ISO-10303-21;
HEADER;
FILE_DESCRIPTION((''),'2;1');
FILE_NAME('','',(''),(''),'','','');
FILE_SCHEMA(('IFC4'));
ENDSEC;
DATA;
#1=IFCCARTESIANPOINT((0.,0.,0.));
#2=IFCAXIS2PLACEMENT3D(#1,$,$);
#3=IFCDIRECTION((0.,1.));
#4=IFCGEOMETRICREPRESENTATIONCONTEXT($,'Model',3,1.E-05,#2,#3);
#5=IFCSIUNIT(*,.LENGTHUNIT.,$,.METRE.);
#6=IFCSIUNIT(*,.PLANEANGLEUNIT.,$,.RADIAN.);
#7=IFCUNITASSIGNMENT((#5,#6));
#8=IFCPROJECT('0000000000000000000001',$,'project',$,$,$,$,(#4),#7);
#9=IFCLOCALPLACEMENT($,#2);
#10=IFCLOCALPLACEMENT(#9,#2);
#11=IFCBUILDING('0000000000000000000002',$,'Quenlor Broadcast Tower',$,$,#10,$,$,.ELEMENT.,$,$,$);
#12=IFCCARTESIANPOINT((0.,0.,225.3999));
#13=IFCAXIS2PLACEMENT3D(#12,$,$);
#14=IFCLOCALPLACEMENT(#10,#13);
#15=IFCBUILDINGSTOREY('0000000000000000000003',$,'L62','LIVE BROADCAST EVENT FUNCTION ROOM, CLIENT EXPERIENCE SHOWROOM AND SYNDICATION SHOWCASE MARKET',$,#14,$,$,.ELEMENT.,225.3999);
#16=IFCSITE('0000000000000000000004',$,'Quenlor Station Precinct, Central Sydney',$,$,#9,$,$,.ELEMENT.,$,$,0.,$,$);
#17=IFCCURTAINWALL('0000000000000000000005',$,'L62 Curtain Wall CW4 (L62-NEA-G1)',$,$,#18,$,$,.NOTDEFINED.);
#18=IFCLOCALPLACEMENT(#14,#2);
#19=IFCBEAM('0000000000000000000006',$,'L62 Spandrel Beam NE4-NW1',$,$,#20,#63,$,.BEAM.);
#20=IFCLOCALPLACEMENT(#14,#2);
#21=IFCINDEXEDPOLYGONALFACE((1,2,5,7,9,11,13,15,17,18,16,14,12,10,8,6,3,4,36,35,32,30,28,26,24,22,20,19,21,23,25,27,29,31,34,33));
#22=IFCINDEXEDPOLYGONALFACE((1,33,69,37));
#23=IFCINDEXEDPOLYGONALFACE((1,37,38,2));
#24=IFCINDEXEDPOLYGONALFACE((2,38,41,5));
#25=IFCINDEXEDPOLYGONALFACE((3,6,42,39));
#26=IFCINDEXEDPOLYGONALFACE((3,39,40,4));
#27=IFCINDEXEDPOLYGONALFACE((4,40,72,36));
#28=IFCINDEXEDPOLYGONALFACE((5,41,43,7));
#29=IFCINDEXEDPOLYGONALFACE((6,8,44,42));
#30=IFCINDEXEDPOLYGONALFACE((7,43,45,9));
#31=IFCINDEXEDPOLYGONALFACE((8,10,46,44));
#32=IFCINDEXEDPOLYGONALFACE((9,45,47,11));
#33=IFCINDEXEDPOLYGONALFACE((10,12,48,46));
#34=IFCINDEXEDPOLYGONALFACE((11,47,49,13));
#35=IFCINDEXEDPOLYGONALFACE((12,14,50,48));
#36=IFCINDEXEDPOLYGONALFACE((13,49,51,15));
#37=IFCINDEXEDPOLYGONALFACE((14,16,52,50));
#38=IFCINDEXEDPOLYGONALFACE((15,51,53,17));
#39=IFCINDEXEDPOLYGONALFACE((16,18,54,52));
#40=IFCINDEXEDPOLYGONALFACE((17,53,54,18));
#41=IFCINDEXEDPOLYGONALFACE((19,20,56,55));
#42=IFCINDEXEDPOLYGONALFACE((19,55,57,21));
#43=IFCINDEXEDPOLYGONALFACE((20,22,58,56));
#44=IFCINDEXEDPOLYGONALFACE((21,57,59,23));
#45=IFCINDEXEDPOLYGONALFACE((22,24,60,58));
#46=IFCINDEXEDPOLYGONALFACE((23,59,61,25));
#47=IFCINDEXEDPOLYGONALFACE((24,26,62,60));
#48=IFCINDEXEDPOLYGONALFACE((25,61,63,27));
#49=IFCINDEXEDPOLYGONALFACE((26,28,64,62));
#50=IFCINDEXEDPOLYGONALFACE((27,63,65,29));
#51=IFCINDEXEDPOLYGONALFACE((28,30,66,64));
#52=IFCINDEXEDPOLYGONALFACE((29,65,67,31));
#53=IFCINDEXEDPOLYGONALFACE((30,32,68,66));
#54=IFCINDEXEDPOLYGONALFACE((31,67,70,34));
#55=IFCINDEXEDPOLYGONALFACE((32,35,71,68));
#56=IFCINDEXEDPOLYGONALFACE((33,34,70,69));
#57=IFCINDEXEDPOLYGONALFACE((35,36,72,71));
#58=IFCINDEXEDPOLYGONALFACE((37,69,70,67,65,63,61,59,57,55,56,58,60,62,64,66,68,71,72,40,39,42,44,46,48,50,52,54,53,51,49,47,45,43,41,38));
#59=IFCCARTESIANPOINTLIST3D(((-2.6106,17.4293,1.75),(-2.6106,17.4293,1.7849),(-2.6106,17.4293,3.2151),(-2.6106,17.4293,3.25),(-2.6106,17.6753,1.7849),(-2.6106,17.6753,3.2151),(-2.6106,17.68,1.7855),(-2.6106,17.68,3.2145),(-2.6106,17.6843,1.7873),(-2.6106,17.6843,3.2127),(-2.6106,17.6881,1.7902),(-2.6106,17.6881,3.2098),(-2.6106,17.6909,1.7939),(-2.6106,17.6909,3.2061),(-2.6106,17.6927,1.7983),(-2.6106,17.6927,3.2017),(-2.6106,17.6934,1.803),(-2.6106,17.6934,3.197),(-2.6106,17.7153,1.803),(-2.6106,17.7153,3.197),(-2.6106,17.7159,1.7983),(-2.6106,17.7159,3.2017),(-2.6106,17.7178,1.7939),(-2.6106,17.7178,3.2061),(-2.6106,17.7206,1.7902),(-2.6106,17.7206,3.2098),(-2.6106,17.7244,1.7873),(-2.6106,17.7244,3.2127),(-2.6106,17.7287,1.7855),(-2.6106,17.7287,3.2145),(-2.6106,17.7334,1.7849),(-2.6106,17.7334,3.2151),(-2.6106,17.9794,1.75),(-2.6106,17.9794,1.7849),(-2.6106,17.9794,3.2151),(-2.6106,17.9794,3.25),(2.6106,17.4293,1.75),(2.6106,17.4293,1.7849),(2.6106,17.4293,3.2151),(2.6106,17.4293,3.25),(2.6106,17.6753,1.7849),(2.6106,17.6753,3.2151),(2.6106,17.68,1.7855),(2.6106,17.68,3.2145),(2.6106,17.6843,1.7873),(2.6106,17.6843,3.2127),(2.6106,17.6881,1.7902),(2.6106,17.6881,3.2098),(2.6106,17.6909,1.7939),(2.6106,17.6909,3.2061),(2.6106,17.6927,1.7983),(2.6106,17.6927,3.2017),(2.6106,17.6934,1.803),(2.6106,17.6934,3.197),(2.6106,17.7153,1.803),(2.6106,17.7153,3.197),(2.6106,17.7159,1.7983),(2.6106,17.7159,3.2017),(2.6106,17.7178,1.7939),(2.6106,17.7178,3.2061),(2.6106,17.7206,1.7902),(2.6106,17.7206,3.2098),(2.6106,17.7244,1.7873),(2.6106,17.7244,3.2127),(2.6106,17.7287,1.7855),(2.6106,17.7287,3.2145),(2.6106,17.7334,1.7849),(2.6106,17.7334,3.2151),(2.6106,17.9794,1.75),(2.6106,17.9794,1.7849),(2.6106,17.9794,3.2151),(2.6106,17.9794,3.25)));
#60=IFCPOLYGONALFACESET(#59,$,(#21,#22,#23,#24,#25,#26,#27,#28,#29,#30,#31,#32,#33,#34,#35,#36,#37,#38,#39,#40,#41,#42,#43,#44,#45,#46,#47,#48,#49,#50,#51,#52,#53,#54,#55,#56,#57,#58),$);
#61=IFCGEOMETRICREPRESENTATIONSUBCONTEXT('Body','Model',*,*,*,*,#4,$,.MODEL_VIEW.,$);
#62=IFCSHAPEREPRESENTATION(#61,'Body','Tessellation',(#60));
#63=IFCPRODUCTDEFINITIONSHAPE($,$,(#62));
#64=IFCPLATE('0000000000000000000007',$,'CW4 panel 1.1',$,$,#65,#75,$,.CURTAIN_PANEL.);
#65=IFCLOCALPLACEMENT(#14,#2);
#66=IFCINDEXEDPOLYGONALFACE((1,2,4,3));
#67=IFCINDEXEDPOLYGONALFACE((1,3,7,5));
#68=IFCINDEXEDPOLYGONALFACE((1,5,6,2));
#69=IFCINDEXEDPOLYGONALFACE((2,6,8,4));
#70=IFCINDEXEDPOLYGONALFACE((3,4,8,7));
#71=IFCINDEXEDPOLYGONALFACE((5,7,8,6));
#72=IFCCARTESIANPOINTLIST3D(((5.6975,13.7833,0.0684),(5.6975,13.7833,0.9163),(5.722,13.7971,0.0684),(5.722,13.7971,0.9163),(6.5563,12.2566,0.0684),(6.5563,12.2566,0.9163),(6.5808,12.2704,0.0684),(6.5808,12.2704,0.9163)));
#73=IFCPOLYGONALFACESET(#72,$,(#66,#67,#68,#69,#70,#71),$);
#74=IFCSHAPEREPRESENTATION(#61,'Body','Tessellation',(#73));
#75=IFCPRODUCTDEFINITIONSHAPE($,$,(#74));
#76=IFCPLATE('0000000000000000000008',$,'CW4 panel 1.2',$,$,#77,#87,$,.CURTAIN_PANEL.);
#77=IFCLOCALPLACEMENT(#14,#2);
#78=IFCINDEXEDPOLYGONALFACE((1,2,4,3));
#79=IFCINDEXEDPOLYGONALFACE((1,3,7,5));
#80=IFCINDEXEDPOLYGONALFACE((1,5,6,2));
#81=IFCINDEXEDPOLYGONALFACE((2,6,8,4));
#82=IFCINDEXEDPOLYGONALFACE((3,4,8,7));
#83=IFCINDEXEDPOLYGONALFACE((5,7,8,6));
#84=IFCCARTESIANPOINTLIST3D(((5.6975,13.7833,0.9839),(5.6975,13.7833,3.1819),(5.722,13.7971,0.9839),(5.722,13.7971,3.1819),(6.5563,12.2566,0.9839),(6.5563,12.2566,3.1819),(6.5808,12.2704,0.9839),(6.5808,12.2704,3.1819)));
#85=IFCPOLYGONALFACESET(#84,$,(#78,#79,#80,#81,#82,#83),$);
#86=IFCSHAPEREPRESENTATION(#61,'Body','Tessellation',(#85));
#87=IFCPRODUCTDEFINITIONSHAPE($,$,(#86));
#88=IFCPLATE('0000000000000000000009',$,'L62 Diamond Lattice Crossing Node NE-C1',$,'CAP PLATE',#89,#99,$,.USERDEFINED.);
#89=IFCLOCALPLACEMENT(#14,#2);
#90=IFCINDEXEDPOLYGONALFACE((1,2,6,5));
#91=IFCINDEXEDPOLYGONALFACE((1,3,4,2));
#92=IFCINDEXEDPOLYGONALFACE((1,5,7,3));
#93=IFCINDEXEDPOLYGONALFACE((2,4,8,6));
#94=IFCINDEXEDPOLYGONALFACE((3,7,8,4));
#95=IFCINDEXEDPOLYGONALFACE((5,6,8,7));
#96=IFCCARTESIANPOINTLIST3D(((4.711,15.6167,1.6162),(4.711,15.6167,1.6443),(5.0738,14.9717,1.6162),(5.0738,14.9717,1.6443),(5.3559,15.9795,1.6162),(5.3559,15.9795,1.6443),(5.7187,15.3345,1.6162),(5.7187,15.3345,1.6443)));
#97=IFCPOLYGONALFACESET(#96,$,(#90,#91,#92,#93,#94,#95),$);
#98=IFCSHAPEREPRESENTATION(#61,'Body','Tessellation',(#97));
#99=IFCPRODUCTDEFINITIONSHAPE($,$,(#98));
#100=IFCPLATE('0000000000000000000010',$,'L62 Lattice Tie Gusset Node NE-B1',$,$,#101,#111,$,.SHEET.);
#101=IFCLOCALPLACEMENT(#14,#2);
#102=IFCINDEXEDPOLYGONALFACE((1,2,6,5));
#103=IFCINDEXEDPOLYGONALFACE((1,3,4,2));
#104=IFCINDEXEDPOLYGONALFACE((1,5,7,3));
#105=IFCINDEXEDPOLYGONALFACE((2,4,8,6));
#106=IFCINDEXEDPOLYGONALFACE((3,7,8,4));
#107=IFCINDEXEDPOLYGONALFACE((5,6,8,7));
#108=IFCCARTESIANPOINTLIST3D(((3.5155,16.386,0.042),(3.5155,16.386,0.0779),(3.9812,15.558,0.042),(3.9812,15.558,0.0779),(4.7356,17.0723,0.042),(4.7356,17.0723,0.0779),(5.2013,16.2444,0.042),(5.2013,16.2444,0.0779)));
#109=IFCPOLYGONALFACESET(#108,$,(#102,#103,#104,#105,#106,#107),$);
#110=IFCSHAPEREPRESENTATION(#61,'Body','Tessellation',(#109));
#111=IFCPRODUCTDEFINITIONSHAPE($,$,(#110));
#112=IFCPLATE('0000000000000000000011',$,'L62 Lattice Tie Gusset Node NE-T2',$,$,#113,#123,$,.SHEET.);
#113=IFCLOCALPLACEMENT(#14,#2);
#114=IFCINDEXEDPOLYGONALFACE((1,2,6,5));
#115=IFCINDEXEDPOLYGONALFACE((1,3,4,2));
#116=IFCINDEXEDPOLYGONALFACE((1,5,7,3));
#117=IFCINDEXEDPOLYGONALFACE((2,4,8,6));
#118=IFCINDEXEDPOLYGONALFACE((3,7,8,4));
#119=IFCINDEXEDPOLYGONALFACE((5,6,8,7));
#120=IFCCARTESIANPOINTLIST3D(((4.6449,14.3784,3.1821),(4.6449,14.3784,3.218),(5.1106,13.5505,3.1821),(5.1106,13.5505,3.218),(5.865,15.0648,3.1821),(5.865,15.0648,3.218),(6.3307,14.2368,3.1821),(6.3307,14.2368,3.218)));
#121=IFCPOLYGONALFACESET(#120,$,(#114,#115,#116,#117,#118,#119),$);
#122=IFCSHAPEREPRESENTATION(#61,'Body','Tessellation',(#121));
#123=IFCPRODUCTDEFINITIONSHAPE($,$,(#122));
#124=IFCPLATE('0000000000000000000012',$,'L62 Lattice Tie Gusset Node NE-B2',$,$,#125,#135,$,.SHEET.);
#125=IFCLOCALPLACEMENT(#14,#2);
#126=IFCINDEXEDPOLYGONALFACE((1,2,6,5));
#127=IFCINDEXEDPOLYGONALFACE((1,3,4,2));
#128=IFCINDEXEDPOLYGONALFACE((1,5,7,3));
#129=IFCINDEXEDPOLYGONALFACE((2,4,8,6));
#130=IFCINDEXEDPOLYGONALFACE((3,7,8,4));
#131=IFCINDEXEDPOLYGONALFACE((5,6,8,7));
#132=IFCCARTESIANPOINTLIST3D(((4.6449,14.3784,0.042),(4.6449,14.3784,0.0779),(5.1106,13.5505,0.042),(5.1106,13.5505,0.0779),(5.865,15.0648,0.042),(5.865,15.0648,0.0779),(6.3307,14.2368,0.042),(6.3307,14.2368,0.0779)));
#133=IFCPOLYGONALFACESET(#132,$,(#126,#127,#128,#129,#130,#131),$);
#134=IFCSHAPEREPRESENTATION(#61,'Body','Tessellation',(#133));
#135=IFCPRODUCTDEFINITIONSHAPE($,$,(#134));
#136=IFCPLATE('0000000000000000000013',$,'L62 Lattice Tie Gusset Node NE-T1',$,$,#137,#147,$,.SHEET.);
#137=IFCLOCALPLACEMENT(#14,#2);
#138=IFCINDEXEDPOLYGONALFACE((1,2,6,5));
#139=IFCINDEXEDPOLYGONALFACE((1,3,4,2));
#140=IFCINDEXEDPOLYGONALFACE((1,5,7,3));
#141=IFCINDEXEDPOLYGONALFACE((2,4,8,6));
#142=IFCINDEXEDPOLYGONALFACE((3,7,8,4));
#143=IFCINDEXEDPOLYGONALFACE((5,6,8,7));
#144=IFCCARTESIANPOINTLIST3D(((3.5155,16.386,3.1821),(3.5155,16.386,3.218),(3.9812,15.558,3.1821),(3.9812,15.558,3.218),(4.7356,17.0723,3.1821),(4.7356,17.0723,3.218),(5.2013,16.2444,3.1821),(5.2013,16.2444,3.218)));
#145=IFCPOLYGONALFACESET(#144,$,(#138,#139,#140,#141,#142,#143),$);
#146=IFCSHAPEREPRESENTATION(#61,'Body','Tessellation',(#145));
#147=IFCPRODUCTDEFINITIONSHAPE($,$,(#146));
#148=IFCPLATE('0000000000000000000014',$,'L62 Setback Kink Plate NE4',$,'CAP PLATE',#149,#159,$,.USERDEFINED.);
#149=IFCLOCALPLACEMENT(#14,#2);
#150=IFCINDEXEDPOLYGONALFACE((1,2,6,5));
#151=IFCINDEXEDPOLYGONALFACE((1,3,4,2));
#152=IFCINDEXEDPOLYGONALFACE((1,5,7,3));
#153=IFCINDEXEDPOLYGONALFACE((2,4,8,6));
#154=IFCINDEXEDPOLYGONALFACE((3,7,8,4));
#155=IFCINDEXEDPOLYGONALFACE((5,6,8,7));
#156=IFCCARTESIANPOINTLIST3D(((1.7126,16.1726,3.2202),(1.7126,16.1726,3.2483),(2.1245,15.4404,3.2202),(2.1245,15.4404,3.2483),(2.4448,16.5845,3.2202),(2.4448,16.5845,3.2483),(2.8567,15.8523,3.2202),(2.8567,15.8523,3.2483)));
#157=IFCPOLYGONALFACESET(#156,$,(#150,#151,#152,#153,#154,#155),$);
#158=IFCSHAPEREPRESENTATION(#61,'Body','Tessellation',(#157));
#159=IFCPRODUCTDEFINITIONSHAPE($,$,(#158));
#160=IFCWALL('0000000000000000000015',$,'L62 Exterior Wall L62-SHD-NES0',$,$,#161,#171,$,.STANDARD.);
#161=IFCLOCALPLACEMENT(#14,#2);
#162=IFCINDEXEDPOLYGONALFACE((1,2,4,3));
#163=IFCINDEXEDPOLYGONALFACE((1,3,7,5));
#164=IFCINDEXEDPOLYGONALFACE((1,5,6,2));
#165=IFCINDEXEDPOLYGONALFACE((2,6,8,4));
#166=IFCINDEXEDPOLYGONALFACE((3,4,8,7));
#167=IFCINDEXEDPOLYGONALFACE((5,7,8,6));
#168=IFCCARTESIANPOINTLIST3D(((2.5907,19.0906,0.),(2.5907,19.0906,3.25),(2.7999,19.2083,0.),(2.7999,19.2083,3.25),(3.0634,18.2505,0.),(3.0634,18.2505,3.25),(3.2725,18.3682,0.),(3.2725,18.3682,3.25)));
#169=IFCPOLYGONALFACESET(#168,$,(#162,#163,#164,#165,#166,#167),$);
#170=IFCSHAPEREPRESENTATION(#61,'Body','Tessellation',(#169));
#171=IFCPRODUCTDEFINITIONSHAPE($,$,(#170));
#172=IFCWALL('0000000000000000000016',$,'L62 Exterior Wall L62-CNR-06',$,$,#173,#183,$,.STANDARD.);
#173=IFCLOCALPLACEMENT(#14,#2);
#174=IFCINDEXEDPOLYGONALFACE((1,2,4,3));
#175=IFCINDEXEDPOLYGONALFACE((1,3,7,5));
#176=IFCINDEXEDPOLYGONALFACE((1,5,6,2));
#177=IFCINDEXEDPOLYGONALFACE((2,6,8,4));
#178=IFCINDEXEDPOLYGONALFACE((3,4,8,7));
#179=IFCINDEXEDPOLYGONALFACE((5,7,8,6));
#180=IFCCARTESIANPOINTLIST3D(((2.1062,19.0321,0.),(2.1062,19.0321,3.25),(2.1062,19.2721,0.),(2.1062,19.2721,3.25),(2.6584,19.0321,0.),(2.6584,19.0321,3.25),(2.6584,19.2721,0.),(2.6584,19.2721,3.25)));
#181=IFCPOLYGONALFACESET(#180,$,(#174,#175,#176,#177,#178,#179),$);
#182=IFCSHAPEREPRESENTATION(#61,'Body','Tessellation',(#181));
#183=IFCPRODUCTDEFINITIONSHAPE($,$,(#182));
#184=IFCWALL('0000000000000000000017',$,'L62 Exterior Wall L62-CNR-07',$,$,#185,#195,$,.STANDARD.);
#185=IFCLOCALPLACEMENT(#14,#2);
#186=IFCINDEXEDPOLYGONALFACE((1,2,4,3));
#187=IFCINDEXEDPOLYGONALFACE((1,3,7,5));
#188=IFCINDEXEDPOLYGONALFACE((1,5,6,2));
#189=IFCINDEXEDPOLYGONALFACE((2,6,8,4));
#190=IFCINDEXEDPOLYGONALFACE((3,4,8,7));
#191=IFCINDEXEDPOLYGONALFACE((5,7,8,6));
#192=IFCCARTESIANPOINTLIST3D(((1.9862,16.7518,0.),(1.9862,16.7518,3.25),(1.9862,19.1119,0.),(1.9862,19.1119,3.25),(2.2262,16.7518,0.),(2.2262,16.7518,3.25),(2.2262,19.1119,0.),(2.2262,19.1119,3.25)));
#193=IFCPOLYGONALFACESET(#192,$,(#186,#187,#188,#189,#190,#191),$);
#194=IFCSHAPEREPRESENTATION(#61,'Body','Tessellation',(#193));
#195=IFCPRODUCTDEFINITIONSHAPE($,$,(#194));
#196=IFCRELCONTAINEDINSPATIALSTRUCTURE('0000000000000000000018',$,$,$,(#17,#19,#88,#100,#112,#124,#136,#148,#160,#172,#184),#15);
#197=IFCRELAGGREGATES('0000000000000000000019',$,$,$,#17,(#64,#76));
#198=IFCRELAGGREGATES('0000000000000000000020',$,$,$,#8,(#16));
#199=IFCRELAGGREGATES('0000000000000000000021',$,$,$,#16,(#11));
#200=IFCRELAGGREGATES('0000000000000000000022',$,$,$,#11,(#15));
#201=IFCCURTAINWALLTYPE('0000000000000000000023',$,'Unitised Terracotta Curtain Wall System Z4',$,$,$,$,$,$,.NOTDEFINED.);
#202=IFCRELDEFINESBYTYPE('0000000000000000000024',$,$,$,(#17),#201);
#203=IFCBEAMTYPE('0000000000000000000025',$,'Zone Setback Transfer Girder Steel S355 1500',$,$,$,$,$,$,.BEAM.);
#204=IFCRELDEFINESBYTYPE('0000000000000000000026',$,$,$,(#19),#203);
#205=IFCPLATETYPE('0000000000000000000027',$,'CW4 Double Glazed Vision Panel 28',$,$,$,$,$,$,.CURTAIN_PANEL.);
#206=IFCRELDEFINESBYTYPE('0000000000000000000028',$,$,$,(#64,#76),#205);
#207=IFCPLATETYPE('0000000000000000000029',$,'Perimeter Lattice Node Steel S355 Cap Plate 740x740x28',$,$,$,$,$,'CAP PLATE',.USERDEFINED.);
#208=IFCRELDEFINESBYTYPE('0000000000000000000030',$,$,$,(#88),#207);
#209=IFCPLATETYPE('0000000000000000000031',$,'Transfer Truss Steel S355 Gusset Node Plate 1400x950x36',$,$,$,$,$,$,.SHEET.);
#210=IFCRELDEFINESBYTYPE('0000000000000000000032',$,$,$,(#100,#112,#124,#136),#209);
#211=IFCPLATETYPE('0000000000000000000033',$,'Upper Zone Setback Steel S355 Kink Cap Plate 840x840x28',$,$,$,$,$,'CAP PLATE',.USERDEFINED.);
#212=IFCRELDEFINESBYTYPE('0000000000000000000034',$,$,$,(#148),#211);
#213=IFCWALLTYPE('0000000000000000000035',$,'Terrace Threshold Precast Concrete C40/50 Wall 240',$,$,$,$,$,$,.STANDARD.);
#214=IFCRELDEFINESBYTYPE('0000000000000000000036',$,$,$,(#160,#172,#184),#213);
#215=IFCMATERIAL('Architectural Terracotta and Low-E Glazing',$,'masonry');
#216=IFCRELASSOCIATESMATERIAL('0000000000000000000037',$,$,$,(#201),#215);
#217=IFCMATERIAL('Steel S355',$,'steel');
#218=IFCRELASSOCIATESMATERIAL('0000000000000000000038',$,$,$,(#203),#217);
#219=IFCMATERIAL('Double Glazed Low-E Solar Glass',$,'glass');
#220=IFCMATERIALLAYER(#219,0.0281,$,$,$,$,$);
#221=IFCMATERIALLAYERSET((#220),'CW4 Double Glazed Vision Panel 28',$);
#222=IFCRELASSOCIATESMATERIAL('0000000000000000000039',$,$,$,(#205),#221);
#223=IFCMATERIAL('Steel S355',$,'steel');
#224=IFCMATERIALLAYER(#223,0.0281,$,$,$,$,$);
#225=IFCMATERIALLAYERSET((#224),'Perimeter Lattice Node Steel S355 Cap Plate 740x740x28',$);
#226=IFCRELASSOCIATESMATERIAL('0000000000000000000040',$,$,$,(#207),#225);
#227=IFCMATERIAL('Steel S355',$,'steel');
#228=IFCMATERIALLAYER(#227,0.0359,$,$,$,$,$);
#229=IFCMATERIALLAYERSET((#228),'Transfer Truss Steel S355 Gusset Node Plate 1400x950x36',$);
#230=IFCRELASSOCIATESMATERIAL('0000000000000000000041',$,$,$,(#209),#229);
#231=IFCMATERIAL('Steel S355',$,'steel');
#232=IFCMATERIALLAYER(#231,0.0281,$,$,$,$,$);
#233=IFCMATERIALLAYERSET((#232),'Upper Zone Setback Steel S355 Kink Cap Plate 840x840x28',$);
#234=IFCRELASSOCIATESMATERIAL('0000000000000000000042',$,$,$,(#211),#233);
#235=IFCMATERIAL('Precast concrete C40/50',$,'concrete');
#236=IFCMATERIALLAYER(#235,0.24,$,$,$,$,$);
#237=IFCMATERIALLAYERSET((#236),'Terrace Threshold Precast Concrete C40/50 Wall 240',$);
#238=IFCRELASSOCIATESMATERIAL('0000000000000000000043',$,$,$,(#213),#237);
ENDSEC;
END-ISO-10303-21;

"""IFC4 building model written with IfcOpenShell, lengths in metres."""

from ifc_helpers import new_model, si_unit, direction, frame, frame_2d, origin, origin_2d, place, context, subcontext, project, spatial, rectangle, i_section, extrude, material, layer, layer_set, material_profile, profile_set, type_object, element, aggregate, save


model = new_model("IFC4")

# Units and contexts
model_context = context("Model", 3, precision=1e-05, world=origin(), true_north=direction((0.0, 1.0)))
body_context = subcontext(model_context, "Body", "Model", "MODEL_VIEW")
ifc_project = project(units=[si_unit("LENGTHUNIT", "METRE"), si_unit("PLANEANGLEUNIT", "RADIAN")], contexts=[model_context])

# Site, building, storey
site_placement = place(None, origin())
site = spatial("IfcSite", under=ifc_project, at=site_placement, Name="Quenlor Station Precinct, Central Sydney", CompositionType="ELEMENT", RefElevation=0.0)
building_placement = place(site_placement, origin())
building = spatial("IfcBuilding", under=site, at=building_placement, Name="Quenlor Broadcast Tower", CompositionType="ELEMENT")
storey_placement = place(building_placement, frame((0.0, 0.0, 225.3999)))
storey = spatial("IfcBuildingStorey", under=building, at=storey_placement, Name="L62", Description="LIVE BROADCAST EVENT FUNCTION ROOM, CLIENT EXPERIENCE SHOWROOM AND SYNDICATION SHOWCASE MARKET", CompositionType="ELEMENT", Elevation=225.3999)

# Curtain wall
ifc_material_1 = material(Name="Architectural Terracotta and Low-E Glazing", Category="masonry")
curtain_wall_type = type_object("IfcCurtainWallType", Name="Unitised Terracotta Curtain Wall System Z4", PredefinedType="NOTDEFINED", material=ifc_material_1)
curtain_wall_placement = place(storey_placement, origin())
curtain_wall = element("IfcCurtainWall", 1, at=curtain_wall_placement, inside=storey, type_object=curtain_wall_type, Name="L62 Curtain Wall CW4 (L62-NEA-G1)", PredefinedType="NOTDEFINED")

# Beam
ifc_material_2 = material(Name="Steel S355", Category="steel")
ifc_material_profile_1 = material_profile(ifc_material_2, i_section(OverallWidth=0.55, OverallDepth=1.5, WebThickness=0.022, FlangeThickness=0.0349, FilletRadius=0.0181, at=origin_2d()))
ifc_profile_set_1 = profile_set([ifc_material_profile_1], Name="Steel S355 1500TG510")
beam_type_1 = type_object("IfcBeamType", Name="Zone Setback Transfer Girder Steel S355 1500", PredefinedType="BEAM", material=ifc_profile_set_1)
beam_1_placement = place(storey_placement, frame((2.6106, 17.7043, 2.5), z_axis=(-1.0, 0.0, 0.0), x_axis=(0.0, -1.0, 0.0)))
element("IfcBeam", 2, at=beam_1_placement, inside=storey, type_object=beam_type_1, Name="L62 Spandrel Beam NE4-NW1", PredefinedType="BEAM", context=body_context, shape_type="SweptSolid", body=[
    extrude(i_section(OverallWidth=0.55, OverallDepth=1.5, WebThickness=0.022, FlangeThickness=0.0349, FilletRadius=0.0181, at=origin_2d()), origin(), (0.0, 0.0, 1.0), 5.2212),
])

# Plates
ifc_material_3 = material(Name="Double Glazed Low-E Solar Glass", Category="glass")
ifc_layer_1 = layer(ifc_material_3, 0.0281)
ifc_layer_set_1 = layer_set([ifc_layer_1], Name="CW4 Double Glazed Vision Panel 28")
plate_type_1 = type_object("IfcPlateType", Name="CW4 Double Glazed Vision Panel 28", PredefinedType="CURTAIN_PANEL", material=ifc_layer_set_1)
plate_1_placement = place(storey_placement, frame((6.1392, 13.0269, 0.0684), z_axis=(0.0, 0.0, 1.0), x_axis=(0.49026, -0.871576, 0.0)))
plate_1 = element("IfcPlate", 3, at=plate_1_placement, type_object=plate_type_1, Name="CW4 panel 1.1", PredefinedType="CURTAIN_PANEL", context=body_context, shape_type="SweptSolid", body=[
    extrude(rectangle(XDim=1.7517, YDim=0.0281, at=origin_2d()), origin(), (0.0, 0.0, 1.0), 0.8479),
])
plate_2_placement = place(storey_placement, frame((6.1392, 13.0269, 0.9839), z_axis=(0.0, 0.0, 1.0), x_axis=(0.49026, -0.871576, 0.0)))
plate_2 = element("IfcPlate", 4, at=plate_2_placement, type_object=plate_type_1, Name="CW4 panel 1.2", PredefinedType="CURTAIN_PANEL", context=body_context, shape_type="SweptSolid", body=[
    extrude(rectangle(XDim=1.7517, YDim=0.0281, at=origin_2d()), origin(), (0.0, 0.0, 1.0), 2.198),
])
aggregate(curtain_wall, [plate_1, plate_2])

# Plates
ifc_material_4 = material(Name="Steel S355", Category="steel")
ifc_layer_2 = layer(ifc_material_4, 0.0281)
ifc_layer_set_2 = layer_set([ifc_layer_2], Name="Perimeter Lattice Node Steel S355 Cap Plate 740x740x28")
plate_type_2 = type_object("IfcPlateType", Name="Perimeter Lattice Node Steel S355 Cap Plate 740x740x28", ElementType="CAP PLATE", PredefinedType="USERDEFINED", material=ifc_layer_set_2)
plate_3_placement = place(storey_placement, frame((5.2148, 15.4756, 1.6162), z_axis=(0.0, 0.0, 1.0), x_axis=(0.490295, -0.871556, 0.0)))
element("IfcPlate", 5, at=plate_3_placement, inside=storey, type_object=plate_type_2, Name="L62 Diamond Lattice Crossing Node NE-C1", ObjectType="CAP PLATE", PredefinedType="USERDEFINED", context=body_context, shape_type="SweptSolid", body=[
    extrude(rectangle(XDim=0.74, YDim=0.74, at=origin_2d()), origin(), (0.0, 0.0, 1.0), 0.0281),
])
ifc_material_5 = material(Name="Steel S355", Category="steel")
ifc_layer_3 = layer(ifc_material_5, 0.0359)
ifc_layer_set_3 = layer_set([ifc_layer_3], Name="Transfer Truss Steel S355 Gusset Node Plate 1400x950x36")
plate_type_3 = type_object("IfcPlateType", Name="Transfer Truss Steel S355 Gusset Node Plate 1400x950x36", PredefinedType="SHEET", material=ifc_layer_set_3)
for number, where, z_axis, x_axis, name in (
    (6, (4.3584, 16.3152, 0.042), (0.0, 0.0, 1.0), (0.871556, 0.490295, 0.0), "L62 Lattice Tie Gusset Node NE-B1"),
    (7, (5.4878, 14.3076, 3.1821), (0.0, 0.0, 1.0), (0.871556, 0.490295, 0.0), "L62 Lattice Tie Gusset Node NE-T2"),
    (8, (5.4878, 14.3076, 0.042), (0.0, 0.0, 1.0), (0.871556, 0.490295, 0.0), "L62 Lattice Tie Gusset Node NE-B2"),
    (9, (4.3584, 16.3152, 3.1821), (0.0, 0.0, 1.0), (0.871556, 0.490295, 0.0), "L62 Lattice Tie Gusset Node NE-T1"),
):
    element("IfcPlate", number, at=place(storey_placement, frame(where, z_axis=z_axis, x_axis=x_axis)), inside=storey, type_object=plate_type_3, Name=name, PredefinedType="SHEET", context=body_context, shape_type="SweptSolid", body=[
        extrude(rectangle(XDim=1.3999, YDim=0.95, at=origin_2d()), origin(), (0.0, 0.0, 1.0), 0.0359),
    ])
ifc_material_6 = material(Name="Steel S355", Category="steel")
ifc_layer_4 = layer(ifc_material_6, 0.0281)
ifc_layer_set_4 = layer_set([ifc_layer_4], Name="Upper Zone Setback Steel S355 Kink Cap Plate 840x840x28")
plate_type_4 = type_object("IfcPlateType", Name="Upper Zone Setback Steel S355 Kink Cap Plate 840x840x28", ElementType="CAP PLATE", PredefinedType="USERDEFINED", material=ifc_layer_set_4)
plate_4_placement = place(storey_placement, frame((2.2847, 16.0125, 3.2202), z_axis=(0.0, 0.0, 1.0), x_axis=(0.871575, 0.490262, 0.0)))
element("IfcPlate", 10, at=plate_4_placement, inside=storey, type_object=plate_type_4, Name="L62 Setback Kink Plate NE4", ObjectType="CAP PLATE", PredefinedType="USERDEFINED", context=body_context, shape_type="SweptSolid", body=[
    extrude(rectangle(XDim=0.8401, YDim=0.8401, at=origin_2d()), origin(), (0.0, 0.0, 1.0), 0.0281),
])

# Walls
ifc_material_7 = material(Name="Precast concrete C40/50", Category="concrete")
ifc_layer_5 = layer(ifc_material_7, 0.24)
ifc_layer_set_5 = layer_set([ifc_layer_5], Name="Terrace Threshold Precast Concrete C40/50 Wall 240")
wall_type_1 = type_object("IfcWallType", Name="Terrace Threshold Precast Concrete C40/50 Wall 240", PredefinedType="STANDARD", material=ifc_layer_set_5)
wall_1_placement = place(storey_placement, frame((2.6953, 19.1494, 0.0), z_axis=(0.0, 0.0, 1.0), x_axis=(0.490345, -0.871528, 0.0)))
element("IfcWall", 11, at=wall_1_placement, inside=storey, type_object=wall_type_1, Name="L62 Exterior Wall L62-SHD-NES0", PredefinedType="STANDARD", context=body_context, shape_type="SweptSolid", body=[
    extrude(rectangle(XDim=0.9639, YDim=0.24, at=frame_2d((0.4819, 0.0))), origin(), (0.0, 0.0, 1.0), 3.25),
])
wall_2_placement = place(storey_placement, frame((2.6584, 19.1521, 0.0), z_axis=(0.0, 0.0, 1.0), x_axis=(-1.0, 0.0, 0.0)))
element("IfcWall", 12, at=wall_2_placement, inside=storey, type_object=wall_type_1, Name="L62 Exterior Wall L62-CNR-06", PredefinedType="STANDARD", context=body_context, shape_type="SweptSolid", body=[
    extrude(rectangle(XDim=0.5522, YDim=0.24, at=frame_2d((0.2761, 0.0))), origin(), (0.0, 0.0, 1.0), 3.25),
])
wall_3_placement = place(storey_placement, frame((2.1062, 19.1121, 0.0), z_axis=(0.0, 0.0, 1.0), x_axis=(0.0, -1.0, 0.0)))
element("IfcWall", 13, at=wall_3_placement, inside=storey, type_object=wall_type_1, Name="L62 Exterior Wall L62-CNR-07", PredefinedType="STANDARD", context=body_context, shape_type="SweptSolid", body=[
    extrude(rectangle(XDim=2.3601, YDim=0.24, at=frame_2d((1.1802, 0.0))), origin(), (0.0, 0.0, 1.0), 3.25),
])

save(model, "model.ifc")
